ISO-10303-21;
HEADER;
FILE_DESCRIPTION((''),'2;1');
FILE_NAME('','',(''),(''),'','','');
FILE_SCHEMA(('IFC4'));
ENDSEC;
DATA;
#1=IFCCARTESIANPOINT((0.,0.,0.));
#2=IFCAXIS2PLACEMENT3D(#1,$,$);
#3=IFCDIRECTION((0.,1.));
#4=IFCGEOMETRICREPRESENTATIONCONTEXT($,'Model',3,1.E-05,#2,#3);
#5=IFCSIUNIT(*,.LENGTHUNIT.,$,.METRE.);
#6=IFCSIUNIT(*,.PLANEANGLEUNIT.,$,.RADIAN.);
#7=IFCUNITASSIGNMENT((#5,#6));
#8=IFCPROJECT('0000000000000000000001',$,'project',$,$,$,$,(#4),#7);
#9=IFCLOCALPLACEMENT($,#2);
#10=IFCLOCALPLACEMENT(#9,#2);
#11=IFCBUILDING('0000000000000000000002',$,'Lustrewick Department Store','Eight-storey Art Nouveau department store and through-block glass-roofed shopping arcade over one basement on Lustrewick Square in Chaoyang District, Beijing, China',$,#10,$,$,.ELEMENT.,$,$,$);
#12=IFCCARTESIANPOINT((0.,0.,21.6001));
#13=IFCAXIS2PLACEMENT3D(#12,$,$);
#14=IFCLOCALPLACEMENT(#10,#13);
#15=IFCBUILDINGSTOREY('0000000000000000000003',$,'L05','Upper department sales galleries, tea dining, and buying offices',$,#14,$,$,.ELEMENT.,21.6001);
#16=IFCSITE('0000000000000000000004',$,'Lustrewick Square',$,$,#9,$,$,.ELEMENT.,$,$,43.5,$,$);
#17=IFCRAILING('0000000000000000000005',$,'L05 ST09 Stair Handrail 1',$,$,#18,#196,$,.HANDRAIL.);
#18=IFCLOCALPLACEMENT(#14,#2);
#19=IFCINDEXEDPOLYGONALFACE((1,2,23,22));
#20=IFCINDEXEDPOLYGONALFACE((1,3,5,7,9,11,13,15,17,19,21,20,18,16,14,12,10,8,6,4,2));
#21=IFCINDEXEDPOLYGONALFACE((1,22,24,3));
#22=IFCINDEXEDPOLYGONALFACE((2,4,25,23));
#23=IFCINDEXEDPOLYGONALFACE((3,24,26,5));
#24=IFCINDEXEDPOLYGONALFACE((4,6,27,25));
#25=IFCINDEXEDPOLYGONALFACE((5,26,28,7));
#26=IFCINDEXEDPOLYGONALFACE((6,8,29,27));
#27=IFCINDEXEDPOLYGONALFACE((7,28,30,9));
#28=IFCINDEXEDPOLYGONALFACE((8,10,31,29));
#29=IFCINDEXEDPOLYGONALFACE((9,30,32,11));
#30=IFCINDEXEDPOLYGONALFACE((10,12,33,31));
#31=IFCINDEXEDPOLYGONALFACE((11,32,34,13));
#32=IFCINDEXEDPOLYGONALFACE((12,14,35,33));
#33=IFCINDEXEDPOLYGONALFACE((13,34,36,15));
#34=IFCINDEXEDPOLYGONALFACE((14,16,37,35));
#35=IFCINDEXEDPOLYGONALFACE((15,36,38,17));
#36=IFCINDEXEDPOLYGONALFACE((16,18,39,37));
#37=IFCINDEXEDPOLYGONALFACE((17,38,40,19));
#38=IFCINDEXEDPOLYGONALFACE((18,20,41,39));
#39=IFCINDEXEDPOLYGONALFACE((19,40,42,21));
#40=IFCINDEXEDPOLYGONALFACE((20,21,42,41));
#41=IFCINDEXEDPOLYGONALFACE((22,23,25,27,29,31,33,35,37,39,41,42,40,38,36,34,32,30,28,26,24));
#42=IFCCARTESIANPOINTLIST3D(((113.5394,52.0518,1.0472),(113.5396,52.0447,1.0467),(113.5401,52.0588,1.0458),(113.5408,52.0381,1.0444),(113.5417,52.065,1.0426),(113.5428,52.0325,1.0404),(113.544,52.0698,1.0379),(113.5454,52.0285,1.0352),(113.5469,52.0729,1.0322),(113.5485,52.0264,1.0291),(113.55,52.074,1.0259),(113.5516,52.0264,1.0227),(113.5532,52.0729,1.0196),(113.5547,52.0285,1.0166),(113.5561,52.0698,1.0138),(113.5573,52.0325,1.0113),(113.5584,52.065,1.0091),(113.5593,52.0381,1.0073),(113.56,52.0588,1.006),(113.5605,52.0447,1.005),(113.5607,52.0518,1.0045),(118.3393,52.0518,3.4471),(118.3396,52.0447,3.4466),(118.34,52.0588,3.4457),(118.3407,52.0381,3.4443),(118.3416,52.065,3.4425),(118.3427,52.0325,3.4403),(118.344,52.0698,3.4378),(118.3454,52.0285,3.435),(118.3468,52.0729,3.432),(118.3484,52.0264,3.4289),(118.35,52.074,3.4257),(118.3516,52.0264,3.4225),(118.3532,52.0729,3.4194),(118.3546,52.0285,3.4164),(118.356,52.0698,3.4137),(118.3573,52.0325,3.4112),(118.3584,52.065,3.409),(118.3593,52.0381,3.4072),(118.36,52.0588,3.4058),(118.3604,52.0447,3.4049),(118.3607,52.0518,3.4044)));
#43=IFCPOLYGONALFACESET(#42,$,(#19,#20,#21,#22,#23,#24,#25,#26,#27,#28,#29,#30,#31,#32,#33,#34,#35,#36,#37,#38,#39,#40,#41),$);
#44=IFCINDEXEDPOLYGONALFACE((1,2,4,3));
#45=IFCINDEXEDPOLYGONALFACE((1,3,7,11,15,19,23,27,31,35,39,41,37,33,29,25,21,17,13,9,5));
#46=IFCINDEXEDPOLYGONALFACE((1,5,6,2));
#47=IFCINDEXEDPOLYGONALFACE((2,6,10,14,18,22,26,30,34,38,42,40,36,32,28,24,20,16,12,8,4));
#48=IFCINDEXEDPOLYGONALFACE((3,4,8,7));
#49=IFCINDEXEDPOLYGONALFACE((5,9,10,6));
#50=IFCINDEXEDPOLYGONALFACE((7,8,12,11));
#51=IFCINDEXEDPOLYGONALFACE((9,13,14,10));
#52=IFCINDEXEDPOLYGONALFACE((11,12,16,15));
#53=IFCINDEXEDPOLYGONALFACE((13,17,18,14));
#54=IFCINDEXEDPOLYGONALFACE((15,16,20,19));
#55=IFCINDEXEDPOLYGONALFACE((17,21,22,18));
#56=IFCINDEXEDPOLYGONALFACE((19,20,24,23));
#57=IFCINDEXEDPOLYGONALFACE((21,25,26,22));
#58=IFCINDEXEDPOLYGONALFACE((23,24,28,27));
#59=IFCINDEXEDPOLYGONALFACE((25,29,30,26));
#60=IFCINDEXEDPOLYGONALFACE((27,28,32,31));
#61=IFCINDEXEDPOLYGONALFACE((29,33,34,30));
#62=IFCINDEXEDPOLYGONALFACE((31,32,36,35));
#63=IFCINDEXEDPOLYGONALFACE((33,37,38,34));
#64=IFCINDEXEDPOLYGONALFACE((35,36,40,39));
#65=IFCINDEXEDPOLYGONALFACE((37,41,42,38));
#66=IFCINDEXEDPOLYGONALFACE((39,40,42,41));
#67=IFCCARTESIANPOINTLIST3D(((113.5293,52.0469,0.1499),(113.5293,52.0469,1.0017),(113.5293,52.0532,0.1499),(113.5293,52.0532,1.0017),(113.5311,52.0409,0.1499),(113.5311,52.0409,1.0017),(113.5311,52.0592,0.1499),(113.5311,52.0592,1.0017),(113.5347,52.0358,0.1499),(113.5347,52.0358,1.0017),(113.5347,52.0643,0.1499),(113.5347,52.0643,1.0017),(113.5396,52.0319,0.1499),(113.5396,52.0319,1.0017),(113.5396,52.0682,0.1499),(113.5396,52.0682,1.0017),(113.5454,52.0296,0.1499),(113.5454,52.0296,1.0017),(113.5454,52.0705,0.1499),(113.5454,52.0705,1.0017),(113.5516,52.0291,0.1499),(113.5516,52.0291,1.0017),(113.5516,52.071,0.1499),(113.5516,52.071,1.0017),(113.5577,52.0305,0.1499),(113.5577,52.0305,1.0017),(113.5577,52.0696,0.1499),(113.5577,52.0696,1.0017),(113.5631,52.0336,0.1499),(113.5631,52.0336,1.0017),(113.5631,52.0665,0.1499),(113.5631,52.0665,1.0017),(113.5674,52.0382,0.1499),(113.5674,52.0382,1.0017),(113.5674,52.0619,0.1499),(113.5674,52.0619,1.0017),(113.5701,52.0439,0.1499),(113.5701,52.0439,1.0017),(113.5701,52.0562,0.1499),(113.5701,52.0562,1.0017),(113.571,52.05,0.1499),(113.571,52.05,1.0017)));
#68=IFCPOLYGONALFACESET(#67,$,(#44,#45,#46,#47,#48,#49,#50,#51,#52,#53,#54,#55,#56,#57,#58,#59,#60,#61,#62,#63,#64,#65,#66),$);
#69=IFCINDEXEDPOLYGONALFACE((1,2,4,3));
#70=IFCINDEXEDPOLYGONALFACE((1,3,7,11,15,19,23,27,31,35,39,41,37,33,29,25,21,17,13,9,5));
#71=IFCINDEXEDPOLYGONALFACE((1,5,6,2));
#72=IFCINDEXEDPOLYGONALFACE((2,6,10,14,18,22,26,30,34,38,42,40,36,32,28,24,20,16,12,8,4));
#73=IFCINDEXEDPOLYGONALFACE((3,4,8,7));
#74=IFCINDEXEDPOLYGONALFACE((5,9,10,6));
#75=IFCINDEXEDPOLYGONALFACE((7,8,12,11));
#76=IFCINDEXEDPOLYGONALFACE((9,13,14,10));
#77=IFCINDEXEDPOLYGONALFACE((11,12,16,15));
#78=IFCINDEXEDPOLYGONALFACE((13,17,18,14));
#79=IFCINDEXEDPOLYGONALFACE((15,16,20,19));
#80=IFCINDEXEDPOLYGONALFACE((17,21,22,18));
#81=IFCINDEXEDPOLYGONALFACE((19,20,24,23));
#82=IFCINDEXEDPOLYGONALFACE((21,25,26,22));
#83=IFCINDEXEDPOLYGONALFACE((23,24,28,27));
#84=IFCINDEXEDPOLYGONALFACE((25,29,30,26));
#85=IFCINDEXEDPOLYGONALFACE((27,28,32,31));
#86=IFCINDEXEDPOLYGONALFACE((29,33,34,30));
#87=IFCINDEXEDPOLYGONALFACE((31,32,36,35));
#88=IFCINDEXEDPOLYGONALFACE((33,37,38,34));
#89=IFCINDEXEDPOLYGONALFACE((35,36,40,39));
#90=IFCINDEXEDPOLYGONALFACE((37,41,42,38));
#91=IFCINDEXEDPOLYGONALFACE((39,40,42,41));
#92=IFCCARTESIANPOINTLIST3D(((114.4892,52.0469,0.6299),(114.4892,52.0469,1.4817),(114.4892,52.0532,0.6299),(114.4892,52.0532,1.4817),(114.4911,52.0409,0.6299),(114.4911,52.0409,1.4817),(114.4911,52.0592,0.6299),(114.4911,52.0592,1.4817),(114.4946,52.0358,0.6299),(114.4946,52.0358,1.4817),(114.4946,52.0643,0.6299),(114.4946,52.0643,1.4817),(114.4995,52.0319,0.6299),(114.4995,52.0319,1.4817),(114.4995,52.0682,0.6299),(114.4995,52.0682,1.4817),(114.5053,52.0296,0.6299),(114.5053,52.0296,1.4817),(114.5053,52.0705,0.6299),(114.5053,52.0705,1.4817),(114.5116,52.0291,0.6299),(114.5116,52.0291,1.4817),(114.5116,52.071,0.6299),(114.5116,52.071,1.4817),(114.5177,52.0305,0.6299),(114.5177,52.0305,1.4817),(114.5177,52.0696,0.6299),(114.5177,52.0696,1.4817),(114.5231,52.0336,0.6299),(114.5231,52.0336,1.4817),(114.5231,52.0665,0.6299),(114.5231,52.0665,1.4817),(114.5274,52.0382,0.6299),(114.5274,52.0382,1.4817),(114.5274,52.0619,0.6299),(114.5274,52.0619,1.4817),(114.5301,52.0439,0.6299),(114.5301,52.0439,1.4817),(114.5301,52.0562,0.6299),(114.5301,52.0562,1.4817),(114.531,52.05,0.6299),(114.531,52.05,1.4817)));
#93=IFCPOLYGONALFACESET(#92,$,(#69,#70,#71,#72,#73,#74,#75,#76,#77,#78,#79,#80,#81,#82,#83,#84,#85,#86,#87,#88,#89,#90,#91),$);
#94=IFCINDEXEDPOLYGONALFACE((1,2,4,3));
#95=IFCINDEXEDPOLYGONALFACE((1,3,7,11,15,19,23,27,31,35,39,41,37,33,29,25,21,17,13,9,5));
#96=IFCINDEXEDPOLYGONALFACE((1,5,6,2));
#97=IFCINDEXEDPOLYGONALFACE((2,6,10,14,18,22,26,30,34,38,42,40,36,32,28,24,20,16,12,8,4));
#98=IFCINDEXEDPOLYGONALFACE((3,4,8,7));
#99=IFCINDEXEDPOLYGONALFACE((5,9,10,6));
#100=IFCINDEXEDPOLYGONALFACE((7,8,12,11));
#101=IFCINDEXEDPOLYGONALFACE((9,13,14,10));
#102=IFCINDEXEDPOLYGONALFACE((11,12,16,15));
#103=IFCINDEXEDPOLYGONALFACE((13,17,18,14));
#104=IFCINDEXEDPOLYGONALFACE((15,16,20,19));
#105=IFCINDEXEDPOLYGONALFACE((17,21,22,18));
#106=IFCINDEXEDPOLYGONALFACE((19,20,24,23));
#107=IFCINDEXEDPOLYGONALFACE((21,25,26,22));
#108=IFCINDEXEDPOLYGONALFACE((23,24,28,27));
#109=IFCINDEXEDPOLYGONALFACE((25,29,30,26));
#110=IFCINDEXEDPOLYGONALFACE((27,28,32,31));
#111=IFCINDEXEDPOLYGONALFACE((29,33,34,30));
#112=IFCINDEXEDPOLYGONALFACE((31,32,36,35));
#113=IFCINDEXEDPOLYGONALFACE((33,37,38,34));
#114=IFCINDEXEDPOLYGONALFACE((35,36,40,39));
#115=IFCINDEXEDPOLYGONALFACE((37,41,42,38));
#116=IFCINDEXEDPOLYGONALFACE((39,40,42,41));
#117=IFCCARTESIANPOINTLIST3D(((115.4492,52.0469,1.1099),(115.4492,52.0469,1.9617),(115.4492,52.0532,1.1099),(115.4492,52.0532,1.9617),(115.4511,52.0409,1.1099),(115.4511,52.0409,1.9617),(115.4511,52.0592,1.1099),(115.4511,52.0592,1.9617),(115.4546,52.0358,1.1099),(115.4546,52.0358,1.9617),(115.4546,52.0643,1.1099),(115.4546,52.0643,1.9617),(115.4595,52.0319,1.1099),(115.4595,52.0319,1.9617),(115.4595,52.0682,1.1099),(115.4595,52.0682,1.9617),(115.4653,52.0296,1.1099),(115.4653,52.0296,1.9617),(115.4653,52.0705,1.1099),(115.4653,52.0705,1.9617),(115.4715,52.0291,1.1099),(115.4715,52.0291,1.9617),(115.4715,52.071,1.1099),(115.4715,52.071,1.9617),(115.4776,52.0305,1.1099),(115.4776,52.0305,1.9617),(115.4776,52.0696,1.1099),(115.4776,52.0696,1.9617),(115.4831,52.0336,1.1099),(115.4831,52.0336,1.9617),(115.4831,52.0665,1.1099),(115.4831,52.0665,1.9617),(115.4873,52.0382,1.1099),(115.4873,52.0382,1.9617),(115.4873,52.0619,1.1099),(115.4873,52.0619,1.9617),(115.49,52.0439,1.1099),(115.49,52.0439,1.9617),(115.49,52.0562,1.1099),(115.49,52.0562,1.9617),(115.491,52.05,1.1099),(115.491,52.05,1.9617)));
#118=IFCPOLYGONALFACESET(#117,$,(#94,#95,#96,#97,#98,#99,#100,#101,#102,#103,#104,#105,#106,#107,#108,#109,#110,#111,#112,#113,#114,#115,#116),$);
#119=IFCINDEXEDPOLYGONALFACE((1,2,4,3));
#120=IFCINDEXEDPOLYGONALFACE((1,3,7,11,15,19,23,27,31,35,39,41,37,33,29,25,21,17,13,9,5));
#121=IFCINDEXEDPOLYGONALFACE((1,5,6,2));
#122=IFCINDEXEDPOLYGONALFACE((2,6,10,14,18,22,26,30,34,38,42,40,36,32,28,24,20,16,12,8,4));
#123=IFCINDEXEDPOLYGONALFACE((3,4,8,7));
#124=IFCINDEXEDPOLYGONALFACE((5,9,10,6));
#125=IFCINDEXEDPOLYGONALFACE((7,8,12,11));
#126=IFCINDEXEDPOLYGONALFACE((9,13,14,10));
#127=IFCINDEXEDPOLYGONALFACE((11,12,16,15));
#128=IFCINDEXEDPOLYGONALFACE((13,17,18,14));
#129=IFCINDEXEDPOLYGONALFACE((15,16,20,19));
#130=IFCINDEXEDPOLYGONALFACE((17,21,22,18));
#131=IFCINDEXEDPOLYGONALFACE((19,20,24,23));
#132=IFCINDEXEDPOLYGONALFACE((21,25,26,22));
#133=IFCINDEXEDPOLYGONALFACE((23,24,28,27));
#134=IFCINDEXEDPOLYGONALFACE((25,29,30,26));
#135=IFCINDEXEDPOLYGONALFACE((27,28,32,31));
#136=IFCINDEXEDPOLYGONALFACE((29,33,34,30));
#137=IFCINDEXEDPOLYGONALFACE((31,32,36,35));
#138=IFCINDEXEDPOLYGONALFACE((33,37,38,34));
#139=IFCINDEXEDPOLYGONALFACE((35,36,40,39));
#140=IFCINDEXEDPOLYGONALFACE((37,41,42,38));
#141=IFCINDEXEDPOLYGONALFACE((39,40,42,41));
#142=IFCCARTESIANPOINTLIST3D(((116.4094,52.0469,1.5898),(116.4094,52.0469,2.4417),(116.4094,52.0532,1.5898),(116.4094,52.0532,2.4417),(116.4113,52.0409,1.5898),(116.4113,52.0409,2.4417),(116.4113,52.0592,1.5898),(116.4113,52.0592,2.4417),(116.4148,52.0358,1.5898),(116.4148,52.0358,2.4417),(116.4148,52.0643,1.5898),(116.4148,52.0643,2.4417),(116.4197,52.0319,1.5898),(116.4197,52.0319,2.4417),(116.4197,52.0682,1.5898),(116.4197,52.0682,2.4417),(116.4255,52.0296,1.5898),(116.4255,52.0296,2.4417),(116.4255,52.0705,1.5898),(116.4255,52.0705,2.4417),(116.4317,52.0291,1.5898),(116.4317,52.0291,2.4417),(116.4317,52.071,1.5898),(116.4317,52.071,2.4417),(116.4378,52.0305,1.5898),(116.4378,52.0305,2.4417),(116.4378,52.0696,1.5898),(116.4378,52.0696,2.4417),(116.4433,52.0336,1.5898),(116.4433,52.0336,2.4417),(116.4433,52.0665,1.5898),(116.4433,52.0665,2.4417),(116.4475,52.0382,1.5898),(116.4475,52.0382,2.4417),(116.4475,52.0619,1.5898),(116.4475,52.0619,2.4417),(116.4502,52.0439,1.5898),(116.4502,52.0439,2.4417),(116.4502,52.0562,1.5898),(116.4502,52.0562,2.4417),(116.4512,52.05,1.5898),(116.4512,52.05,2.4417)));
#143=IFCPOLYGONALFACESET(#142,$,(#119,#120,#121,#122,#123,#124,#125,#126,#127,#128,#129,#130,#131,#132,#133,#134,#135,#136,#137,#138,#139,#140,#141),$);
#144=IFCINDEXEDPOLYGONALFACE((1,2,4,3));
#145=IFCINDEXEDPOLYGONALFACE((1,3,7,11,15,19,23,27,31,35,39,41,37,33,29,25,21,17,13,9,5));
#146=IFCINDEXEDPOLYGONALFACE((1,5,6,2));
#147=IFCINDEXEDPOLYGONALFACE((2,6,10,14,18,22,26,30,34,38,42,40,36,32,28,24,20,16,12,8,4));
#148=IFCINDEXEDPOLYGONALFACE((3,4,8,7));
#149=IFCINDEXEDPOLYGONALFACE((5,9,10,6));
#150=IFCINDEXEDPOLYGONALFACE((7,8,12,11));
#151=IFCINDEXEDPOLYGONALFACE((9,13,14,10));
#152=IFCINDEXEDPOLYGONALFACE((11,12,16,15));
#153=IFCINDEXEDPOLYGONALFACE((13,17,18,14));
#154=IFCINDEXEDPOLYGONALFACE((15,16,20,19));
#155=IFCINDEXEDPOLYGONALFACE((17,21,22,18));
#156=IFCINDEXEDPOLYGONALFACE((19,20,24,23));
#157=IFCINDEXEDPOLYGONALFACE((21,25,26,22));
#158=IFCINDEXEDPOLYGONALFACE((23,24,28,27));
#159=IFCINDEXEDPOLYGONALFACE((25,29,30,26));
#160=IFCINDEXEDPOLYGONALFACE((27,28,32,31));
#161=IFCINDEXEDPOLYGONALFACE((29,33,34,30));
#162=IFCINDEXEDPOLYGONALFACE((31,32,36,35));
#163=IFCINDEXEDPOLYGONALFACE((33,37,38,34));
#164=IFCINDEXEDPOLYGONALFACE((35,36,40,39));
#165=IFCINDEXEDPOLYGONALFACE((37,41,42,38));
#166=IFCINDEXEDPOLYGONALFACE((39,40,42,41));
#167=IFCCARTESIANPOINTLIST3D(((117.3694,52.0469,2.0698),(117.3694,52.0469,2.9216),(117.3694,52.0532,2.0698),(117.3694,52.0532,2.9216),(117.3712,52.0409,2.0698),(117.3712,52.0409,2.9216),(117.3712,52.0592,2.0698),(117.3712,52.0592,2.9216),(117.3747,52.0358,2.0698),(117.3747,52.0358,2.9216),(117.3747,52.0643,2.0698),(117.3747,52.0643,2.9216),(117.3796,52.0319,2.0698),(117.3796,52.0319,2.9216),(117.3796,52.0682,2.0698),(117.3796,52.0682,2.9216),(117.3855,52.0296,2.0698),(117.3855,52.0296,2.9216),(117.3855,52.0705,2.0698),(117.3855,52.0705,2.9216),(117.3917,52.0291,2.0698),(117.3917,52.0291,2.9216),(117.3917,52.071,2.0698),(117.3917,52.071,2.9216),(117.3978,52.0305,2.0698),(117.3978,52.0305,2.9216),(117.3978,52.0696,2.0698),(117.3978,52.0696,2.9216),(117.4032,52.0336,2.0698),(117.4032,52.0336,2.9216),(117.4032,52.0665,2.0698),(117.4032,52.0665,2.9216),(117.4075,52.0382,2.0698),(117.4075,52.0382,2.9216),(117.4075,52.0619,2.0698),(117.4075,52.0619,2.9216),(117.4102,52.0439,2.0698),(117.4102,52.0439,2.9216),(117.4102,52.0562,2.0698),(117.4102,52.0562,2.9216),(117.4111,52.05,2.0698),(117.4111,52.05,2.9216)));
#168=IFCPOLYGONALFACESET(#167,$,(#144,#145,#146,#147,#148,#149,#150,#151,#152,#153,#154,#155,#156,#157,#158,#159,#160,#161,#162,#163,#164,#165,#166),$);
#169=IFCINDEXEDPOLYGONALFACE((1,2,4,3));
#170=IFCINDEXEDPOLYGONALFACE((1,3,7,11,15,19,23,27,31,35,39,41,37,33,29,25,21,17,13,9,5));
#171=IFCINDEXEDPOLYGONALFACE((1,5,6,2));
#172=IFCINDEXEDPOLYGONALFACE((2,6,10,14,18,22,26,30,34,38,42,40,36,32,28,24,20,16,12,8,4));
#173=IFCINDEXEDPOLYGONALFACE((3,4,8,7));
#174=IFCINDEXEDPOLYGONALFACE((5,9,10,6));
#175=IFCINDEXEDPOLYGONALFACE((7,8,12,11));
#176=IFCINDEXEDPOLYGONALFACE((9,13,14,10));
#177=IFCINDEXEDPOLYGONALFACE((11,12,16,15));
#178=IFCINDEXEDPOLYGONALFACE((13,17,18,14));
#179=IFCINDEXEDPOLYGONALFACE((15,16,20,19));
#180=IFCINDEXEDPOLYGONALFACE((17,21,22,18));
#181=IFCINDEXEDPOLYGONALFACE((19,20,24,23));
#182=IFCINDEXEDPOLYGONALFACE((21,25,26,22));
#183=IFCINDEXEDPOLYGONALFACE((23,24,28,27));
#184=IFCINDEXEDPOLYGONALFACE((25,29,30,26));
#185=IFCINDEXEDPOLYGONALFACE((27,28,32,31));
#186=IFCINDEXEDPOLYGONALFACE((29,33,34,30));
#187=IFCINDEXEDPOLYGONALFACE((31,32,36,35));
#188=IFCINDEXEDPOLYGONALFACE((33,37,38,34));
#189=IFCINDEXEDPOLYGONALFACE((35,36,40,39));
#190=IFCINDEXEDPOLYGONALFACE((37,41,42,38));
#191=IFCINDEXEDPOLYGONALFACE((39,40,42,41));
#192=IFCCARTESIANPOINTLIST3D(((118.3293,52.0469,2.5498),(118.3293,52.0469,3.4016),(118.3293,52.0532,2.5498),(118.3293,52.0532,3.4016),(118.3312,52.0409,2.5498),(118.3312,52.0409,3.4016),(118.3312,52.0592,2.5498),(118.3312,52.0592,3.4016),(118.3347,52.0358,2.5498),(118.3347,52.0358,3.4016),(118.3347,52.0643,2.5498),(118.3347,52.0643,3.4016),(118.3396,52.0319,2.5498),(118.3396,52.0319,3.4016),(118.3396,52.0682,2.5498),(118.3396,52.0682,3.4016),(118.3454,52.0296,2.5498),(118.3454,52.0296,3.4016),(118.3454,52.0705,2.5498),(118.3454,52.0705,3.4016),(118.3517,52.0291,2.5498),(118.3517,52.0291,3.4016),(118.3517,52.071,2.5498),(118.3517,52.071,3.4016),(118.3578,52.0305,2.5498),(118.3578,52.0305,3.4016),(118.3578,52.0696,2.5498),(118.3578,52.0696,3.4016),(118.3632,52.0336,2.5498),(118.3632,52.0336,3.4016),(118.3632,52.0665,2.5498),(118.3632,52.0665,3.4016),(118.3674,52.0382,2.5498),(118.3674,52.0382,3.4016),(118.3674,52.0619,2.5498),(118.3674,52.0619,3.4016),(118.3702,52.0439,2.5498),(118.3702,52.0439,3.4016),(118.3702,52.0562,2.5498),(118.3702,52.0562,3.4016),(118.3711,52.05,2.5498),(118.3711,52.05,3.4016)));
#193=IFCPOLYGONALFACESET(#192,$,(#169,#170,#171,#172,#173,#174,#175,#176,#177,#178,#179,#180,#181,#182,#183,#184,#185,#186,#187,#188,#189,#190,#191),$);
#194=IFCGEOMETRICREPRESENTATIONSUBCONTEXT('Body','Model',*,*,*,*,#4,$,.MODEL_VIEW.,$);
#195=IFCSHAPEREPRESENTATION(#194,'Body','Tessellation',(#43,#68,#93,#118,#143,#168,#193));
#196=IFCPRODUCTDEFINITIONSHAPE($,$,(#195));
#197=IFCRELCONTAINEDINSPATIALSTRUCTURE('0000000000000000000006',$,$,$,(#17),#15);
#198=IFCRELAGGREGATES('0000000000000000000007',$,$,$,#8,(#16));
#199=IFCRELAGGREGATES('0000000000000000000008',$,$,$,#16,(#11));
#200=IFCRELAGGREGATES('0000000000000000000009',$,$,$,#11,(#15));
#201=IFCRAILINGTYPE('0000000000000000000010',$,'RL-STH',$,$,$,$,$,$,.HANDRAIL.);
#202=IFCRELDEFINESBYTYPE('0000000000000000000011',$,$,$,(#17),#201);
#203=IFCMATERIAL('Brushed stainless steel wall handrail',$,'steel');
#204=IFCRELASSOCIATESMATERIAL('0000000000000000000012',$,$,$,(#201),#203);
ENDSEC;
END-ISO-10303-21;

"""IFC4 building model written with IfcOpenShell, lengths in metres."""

from ifc_helpers import new_model, si_unit, direction, frame, origin, origin_2d, place, context, subcontext, project, spatial, circle, extrude, material, type_object, element, save


model = new_model("IFC4")

# Units and contexts
model_context = context("Model", 3, precision=1e-05, world=origin(), true_north=direction((0.0, 1.0)))
body_context = subcontext(model_context, "Body", "Model", "MODEL_VIEW")
ifc_project = project(units=[si_unit("LENGTHUNIT", "METRE"), si_unit("PLANEANGLEUNIT", "RADIAN")], contexts=[model_context])

# Site, building, storey
site_placement = place(None, origin())
site = spatial("IfcSite", under=ifc_project, at=site_placement, Name="Lustrewick Square", CompositionType="ELEMENT", RefElevation=43.5)
building_placement = place(site_placement, origin())
building = spatial("IfcBuilding", under=site, at=building_placement, Name="Lustrewick Department Store", Description="Eight-storey Art Nouveau department store and through-block glass-roofed shopping arcade over one basement on Lustrewick Square in Chaoyang District, Beijing, China", CompositionType="ELEMENT")
storey_placement = place(building_placement, frame((0.0, 0.0, 21.6001)))
storey = spatial("IfcBuildingStorey", under=building, at=storey_placement, Name="L05", Description="Upper department sales galleries, tea dining, and buying offices", CompositionType="ELEMENT", Elevation=21.6001)

# Railing
ifc_material_1 = material(Name="Brushed stainless steel wall handrail", Category="steel")
railing_type_1 = type_object("IfcRailingType", Name="RL-STH", PredefinedType="HANDRAIL", material=ifc_material_1)
railing_1_placement = place(storey_placement, frame((113.55, 52.05, 0.1499)))
element("IfcRailing", 1, at=railing_1_placement, inside=storey, type_object=railing_type_1, Name="L05 ST09 Stair Handrail 1", PredefinedType="HANDRAIL", context=body_context, shape_type="SweptSolid", body=[
    extrude(circle(Radius=0.0239, at=origin_2d()), frame((0.0, 0.0, 0.876), z_axis=(0.894436, 0.0, 0.447195), x_axis=(0.0, 1.0, 0.0)), (0.0, 0.0, 1.0), 5.3665),
    extrude(circle(Radius=0.021, at=origin_2d()), origin(), (0.0, 0.0, 1.0), 0.8518),
    extrude(circle(Radius=0.021, at=origin_2d()), frame((0.96, 0.0, 0.48)), (0.0, 0.0, 1.0), 0.8518),
    extrude(circle(Radius=0.021, at=origin_2d()), frame((1.9199, 0.0, 0.96)), (0.0, 0.0, 1.0), 0.8518),
    extrude(circle(Radius=0.021, at=origin_2d()), frame((2.8801, 0.0, 1.4399)), (0.0, 0.0, 1.0), 0.8518),
    extrude(circle(Radius=0.021, at=origin_2d()), frame((3.8401, 0.0, 1.9199)), (0.0, 0.0, 1.0), 0.8518),
    extrude(circle(Radius=0.021, at=origin_2d()), frame((4.8, 0.0, 2.3999)), (0.0, 0.0, 1.0), 0.8518),
])

save(model, "model.ifc")
